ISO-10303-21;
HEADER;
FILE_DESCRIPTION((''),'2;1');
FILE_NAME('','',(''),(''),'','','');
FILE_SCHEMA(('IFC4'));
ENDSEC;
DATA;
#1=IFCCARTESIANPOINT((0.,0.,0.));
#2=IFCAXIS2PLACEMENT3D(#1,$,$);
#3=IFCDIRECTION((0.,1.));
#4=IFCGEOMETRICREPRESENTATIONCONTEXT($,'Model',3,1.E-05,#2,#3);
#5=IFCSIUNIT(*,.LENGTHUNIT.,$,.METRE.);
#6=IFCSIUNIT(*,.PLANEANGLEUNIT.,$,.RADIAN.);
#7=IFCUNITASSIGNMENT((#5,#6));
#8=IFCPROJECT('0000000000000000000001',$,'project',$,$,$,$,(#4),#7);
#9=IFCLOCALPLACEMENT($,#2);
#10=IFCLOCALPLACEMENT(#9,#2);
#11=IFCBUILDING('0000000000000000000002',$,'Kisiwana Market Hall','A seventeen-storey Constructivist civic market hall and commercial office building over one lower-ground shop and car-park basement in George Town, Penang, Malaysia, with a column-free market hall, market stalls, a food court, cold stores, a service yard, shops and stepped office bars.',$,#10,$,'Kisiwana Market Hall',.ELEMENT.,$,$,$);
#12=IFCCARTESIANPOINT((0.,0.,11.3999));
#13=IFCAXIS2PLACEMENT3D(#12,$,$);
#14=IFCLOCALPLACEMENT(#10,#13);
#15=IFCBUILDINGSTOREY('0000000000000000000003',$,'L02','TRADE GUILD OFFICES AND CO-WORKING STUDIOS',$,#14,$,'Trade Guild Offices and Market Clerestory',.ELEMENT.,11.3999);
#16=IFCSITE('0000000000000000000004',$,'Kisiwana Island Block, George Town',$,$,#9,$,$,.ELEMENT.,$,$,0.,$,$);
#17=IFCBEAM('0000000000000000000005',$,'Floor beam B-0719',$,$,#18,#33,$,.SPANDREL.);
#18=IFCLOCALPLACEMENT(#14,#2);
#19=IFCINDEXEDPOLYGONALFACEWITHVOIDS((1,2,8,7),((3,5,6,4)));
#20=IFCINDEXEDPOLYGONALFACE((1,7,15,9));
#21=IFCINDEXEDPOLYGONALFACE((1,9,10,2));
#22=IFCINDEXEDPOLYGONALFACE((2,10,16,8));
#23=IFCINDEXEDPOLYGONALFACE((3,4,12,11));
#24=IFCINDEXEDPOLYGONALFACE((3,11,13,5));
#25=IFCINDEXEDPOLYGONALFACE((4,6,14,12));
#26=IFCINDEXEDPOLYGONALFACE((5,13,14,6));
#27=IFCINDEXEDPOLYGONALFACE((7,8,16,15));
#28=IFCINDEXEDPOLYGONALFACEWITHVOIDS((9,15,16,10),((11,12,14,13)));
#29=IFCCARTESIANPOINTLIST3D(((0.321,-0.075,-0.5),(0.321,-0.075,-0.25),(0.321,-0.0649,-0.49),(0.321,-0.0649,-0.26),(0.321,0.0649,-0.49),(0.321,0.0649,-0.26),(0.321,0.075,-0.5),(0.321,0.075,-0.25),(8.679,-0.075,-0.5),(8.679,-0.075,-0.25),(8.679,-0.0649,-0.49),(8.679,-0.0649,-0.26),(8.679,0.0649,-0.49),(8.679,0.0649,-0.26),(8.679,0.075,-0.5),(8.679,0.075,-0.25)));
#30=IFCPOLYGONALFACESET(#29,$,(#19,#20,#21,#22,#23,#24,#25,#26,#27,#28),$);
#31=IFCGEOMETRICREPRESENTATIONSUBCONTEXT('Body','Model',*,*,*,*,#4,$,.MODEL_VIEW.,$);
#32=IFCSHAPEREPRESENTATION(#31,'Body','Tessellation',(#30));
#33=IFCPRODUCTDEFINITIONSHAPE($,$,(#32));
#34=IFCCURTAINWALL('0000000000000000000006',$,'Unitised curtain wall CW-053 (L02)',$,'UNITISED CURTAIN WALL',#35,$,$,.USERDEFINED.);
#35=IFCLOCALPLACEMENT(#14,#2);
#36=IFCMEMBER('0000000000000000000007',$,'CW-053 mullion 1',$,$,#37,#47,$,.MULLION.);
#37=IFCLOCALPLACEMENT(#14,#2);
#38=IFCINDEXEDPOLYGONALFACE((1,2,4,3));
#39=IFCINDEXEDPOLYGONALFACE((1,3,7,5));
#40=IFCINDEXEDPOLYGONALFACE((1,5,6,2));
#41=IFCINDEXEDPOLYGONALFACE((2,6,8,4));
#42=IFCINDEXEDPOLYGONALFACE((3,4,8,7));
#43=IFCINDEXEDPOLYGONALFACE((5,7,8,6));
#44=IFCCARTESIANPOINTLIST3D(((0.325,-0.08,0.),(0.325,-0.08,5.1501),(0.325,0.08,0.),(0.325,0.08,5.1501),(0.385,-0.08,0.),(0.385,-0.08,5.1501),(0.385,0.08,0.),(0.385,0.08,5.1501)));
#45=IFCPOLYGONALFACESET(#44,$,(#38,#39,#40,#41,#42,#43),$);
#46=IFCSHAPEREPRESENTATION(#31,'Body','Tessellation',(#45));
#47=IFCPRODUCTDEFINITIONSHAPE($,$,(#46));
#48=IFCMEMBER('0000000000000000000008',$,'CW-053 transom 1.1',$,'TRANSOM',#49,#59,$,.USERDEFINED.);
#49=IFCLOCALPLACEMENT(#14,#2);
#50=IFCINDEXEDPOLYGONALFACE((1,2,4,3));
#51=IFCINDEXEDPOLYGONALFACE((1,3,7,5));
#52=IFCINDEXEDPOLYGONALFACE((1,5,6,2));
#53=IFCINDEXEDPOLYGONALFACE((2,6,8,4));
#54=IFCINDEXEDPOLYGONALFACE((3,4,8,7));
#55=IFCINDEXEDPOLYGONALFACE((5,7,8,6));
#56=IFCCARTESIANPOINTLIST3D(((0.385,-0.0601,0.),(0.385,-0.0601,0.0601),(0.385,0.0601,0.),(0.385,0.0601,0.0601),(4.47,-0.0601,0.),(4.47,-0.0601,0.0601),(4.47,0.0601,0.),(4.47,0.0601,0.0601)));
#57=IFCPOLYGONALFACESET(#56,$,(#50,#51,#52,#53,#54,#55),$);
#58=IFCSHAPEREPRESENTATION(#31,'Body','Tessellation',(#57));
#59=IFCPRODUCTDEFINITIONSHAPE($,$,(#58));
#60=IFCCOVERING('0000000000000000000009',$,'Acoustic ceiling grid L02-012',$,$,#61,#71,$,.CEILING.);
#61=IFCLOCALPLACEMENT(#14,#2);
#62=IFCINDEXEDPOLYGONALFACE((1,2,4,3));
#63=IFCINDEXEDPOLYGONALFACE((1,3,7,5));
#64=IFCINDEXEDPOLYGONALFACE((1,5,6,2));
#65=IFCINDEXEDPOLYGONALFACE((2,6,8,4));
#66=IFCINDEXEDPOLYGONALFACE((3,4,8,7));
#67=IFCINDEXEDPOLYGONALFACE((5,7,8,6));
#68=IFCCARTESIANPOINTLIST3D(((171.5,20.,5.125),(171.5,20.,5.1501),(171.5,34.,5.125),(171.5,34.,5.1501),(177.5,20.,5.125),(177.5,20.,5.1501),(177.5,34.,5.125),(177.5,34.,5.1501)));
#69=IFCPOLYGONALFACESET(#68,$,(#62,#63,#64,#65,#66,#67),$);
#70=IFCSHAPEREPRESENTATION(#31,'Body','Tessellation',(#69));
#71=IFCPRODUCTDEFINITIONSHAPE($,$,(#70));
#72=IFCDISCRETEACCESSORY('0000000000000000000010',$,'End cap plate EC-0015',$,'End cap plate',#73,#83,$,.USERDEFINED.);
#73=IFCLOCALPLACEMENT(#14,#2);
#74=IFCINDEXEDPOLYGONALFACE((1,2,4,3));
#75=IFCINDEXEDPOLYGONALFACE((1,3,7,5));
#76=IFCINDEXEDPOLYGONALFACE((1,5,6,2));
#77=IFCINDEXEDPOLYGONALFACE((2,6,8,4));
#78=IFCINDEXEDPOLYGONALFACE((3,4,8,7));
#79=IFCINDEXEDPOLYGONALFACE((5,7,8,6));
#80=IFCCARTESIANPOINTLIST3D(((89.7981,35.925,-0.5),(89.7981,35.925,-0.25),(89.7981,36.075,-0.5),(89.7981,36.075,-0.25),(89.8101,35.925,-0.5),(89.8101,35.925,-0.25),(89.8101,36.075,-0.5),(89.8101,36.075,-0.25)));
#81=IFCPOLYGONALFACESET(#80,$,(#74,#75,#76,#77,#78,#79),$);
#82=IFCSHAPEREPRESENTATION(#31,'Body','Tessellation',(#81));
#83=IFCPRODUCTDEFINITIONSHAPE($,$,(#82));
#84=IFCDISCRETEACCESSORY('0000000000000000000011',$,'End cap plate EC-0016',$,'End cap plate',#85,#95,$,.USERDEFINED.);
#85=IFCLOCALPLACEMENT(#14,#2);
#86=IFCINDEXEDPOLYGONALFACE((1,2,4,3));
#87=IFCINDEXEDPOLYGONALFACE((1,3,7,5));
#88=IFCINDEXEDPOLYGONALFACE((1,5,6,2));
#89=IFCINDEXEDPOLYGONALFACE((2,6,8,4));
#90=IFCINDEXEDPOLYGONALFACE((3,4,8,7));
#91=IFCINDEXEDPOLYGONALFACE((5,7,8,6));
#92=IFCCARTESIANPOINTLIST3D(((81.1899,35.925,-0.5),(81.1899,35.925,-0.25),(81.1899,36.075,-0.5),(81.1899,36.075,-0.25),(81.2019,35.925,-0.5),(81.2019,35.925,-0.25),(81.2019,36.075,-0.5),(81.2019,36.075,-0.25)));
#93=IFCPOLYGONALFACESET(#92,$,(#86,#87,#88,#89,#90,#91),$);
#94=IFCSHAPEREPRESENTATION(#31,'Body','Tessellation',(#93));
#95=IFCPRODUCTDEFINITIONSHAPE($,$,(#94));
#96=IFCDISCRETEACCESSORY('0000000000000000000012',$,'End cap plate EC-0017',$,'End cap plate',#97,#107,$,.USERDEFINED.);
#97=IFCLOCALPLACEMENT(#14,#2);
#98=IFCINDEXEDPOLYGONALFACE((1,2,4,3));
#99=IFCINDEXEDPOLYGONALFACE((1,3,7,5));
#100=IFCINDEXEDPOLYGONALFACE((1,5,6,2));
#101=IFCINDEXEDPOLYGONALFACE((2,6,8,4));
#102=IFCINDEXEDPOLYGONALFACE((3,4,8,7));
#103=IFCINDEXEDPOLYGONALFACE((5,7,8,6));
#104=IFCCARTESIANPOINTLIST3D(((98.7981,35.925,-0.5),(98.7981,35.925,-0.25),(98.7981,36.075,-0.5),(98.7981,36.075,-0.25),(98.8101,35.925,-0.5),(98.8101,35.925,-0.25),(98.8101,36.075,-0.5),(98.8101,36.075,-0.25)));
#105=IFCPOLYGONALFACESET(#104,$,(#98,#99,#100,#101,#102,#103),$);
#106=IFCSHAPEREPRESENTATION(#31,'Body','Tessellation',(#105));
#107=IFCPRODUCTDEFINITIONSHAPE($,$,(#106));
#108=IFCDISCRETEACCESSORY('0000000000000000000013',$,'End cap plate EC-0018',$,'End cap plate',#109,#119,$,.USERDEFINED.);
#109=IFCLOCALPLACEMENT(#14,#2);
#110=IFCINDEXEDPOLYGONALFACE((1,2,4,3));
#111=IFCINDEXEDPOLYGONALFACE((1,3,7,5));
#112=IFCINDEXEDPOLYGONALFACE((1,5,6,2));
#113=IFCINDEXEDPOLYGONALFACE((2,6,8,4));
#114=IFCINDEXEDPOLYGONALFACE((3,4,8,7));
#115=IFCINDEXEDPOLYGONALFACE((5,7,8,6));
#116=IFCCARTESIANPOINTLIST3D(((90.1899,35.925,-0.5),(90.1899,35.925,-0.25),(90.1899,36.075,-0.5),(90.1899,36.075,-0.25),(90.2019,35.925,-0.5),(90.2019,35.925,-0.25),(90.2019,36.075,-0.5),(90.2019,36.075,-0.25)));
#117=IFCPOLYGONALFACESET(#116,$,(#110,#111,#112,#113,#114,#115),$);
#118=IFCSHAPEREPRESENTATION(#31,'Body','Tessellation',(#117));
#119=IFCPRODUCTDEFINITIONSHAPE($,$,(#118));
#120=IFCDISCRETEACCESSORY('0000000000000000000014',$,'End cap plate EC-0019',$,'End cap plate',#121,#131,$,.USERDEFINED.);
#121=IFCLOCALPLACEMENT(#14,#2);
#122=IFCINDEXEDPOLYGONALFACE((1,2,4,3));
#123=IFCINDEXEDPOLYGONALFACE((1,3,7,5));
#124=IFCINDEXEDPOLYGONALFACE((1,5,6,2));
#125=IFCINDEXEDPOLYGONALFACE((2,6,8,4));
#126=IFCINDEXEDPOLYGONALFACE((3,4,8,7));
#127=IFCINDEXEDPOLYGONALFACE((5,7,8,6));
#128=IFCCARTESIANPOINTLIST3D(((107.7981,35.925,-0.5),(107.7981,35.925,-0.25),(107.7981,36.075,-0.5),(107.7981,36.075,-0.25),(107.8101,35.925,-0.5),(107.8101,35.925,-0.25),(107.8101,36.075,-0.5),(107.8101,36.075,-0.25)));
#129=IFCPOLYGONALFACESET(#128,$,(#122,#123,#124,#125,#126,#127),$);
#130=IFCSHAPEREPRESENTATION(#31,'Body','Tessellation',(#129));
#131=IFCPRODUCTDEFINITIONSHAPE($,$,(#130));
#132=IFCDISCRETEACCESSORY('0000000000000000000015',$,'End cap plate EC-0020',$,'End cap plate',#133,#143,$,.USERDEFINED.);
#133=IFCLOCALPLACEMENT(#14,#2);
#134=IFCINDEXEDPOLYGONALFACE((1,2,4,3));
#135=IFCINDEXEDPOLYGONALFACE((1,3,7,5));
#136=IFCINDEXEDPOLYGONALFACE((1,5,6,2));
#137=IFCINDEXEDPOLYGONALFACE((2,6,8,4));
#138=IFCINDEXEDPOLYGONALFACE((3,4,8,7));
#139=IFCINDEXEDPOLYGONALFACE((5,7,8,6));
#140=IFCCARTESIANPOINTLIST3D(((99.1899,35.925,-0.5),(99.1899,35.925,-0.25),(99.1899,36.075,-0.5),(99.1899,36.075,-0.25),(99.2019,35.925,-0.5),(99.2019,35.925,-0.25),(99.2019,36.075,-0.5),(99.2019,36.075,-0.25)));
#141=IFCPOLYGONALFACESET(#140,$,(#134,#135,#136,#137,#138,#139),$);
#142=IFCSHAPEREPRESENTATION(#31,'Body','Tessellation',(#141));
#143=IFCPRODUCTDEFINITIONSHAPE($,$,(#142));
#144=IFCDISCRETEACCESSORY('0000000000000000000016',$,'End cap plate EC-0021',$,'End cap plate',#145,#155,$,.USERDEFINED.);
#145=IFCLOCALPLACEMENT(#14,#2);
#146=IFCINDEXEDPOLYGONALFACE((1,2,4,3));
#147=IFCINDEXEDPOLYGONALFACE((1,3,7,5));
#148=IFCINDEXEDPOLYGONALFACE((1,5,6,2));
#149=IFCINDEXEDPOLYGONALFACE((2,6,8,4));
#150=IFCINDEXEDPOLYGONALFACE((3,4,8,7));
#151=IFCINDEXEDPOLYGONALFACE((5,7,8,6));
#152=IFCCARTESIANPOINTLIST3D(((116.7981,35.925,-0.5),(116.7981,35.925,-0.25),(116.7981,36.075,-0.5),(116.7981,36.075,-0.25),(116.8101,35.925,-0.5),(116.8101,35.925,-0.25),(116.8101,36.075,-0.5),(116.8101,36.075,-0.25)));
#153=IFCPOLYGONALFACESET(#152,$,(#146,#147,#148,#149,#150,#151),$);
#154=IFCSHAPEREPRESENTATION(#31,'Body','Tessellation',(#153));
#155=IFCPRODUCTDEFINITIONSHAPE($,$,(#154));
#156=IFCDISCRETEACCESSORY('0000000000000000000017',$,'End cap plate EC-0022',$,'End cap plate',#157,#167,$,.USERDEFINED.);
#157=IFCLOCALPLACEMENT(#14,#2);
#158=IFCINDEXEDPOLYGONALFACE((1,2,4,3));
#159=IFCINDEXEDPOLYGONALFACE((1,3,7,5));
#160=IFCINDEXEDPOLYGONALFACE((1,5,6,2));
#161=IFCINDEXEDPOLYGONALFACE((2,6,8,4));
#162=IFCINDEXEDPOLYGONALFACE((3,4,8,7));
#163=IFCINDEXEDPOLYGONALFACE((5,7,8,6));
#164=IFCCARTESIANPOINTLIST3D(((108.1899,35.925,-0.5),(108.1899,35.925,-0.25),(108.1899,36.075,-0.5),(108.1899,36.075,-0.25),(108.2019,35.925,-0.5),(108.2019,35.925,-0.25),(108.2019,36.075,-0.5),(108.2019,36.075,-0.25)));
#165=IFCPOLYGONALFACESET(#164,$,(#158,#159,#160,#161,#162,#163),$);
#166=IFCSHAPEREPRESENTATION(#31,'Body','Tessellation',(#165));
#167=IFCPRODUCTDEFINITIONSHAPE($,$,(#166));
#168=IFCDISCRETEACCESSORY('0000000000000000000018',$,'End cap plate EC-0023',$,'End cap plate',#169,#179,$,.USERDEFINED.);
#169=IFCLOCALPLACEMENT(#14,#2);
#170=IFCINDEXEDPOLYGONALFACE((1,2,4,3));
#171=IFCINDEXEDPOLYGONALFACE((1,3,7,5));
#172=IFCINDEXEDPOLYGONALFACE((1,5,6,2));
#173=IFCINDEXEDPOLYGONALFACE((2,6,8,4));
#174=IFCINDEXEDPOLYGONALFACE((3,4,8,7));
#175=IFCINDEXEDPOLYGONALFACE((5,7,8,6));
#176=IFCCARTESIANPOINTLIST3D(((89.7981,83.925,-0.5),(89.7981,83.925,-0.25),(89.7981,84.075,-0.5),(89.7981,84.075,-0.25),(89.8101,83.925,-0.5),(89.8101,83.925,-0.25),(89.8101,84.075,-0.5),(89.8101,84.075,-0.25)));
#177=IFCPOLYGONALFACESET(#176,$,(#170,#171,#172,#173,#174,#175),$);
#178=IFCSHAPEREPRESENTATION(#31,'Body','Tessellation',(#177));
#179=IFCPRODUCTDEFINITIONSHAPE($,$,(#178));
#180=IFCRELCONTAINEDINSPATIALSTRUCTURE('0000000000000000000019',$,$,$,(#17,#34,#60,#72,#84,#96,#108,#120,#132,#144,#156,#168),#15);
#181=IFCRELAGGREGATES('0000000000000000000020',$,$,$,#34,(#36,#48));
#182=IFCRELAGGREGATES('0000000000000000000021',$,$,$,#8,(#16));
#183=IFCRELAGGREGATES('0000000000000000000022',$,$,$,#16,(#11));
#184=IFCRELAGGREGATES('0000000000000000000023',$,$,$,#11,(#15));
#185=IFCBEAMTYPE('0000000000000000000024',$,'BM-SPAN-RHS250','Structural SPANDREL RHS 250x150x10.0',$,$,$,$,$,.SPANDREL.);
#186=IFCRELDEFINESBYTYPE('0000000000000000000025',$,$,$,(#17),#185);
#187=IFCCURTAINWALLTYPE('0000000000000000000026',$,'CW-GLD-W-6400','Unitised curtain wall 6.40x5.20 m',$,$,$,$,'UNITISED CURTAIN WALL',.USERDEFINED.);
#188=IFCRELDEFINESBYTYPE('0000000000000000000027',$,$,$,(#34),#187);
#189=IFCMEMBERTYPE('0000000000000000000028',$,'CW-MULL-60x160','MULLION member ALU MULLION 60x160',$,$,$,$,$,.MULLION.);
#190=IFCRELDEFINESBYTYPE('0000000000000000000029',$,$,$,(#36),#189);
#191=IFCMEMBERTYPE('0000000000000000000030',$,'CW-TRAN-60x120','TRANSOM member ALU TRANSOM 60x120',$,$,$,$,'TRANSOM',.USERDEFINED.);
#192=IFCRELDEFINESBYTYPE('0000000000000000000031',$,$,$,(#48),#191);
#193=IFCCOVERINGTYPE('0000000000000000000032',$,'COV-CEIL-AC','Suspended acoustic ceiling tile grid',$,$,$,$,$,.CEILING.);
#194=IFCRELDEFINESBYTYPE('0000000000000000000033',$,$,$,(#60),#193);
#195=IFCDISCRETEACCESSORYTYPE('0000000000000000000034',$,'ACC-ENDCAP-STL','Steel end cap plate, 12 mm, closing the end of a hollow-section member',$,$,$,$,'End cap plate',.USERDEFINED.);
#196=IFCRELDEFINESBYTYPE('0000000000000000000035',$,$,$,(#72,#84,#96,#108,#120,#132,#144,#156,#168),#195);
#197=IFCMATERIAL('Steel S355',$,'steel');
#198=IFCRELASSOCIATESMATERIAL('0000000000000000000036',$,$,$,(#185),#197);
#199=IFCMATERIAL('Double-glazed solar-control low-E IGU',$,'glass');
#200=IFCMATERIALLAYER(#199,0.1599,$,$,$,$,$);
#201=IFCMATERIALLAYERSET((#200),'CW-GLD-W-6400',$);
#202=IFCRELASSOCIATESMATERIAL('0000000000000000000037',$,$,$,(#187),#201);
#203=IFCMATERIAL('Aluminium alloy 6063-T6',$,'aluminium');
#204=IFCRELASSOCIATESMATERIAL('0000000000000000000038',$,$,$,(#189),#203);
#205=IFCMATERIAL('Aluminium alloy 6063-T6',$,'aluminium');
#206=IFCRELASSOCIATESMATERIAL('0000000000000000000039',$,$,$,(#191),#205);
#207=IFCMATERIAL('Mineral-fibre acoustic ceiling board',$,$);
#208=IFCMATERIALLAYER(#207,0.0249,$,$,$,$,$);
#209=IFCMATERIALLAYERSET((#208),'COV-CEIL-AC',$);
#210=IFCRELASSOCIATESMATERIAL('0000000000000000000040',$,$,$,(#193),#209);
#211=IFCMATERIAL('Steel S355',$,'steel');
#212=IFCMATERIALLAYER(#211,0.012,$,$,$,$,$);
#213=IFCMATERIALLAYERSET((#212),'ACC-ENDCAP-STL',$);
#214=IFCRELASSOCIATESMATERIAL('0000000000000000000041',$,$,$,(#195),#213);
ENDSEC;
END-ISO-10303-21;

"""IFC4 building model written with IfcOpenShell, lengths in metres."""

from ifc_helpers import new_model, si_unit, direction, frame, origin, origin_2d, place, context, subcontext, project, spatial, polyline, rectangle, hollow_rectangle, outline, extrude, material, layer, layer_set, material_profile, profile_set, type_object, element, aggregate, save


model = new_model("IFC4")

# Units and contexts
model_context = context("Model", 3, precision=1e-05, world=origin(), true_north=direction((0.0, 1.0)))
body_context = subcontext(model_context, "Body", "Model", "MODEL_VIEW")
ifc_project = project(units=[si_unit("LENGTHUNIT", "METRE"), si_unit("PLANEANGLEUNIT", "RADIAN")], contexts=[model_context])

# Site, building, storey
site_placement = place(None, origin())
site = spatial("IfcSite", under=ifc_project, at=site_placement, Name="Kisiwana Island Block, George Town", CompositionType="ELEMENT", RefElevation=0.0)
building_placement = place(site_placement, origin())
building = spatial("IfcBuilding", under=site, at=building_placement, Name="Kisiwana Market Hall", Description="A seventeen-storey Constructivist civic market hall and commercial office building over one lower-ground shop and car-park basement in George Town, Penang, Malaysia, with a column-free market hall, market stalls, a food court, cold stores, a service yard, shops and stepped office bars.", LongName="Kisiwana Market Hall", CompositionType="ELEMENT")
storey_placement = place(building_placement, frame((0.0, 0.0, 11.3999)))
storey = spatial("IfcBuildingStorey", under=building, at=storey_placement, Name="L02", Description="TRADE GUILD OFFICES AND CO-WORKING STUDIOS", LongName="Trade Guild Offices and Market Clerestory", CompositionType="ELEMENT", Elevation=11.3999)

# Beam
ifc_material_1 = material(Name="Steel S355", Category="steel")
ifc_material_profile_1 = material_profile(ifc_material_1, hollow_rectangle(XDim=0.1499, YDim=0.25, WallThickness=0.01, at=origin_2d()), Name="RHS 250x150x10.0")
ifc_profile_set_1 = profile_set([ifc_material_profile_1], Name="Steel S355")
beam_type = type_object("IfcBeamType", Name="BM-SPAN-RHS250", Description="Structural SPANDREL RHS 250x150x10.0", PredefinedType="SPANDREL", material=ifc_profile_set_1)
beam_placement = place(storey_placement, frame((0.321, 0.0, -0.375), z_axis=(1.0, 0.0, 0.0), x_axis=(0.0, 1.0, 0.0)))
element("IfcBeam", 1, at=beam_placement, inside=storey, type_object=beam_type, Name="Floor beam B-0719", PredefinedType="SPANDREL", context=body_context, shape_type="SweptSolid", body=[
    extrude(hollow_rectangle(XDim=0.1499, YDim=0.25, WallThickness=0.01, at=origin_2d()), origin(), (0.0, 0.0, 1.0), 8.3579),
])

# Curtain wall, members
ifc_material_2 = material(Name="Double-glazed solar-control low-E IGU", Category="glass")
ifc_layer_1 = layer(ifc_material_2, 0.1599)
ifc_layer_set_1 = layer_set([ifc_layer_1], Name="CW-GLD-W-6400")
curtain_wall_type = type_object("IfcCurtainWallType", Name="CW-GLD-W-6400", Description="Unitised curtain wall 6.40x5.20 m", ElementType="UNITISED CURTAIN WALL", PredefinedType="USERDEFINED", material=ifc_layer_set_1)
curtain_wall_placement = place(storey_placement, origin())
curtain_wall = element("IfcCurtainWall", 2, at=curtain_wall_placement, inside=storey, type_object=curtain_wall_type, Name="Unitised curtain wall CW-053 (L02)", ObjectType="UNITISED CURTAIN WALL", PredefinedType="USERDEFINED")
ifc_material_3 = material(Name="Aluminium alloy 6063-T6", Category="aluminium")
ifc_material_profile_2 = material_profile(ifc_material_3, rectangle(XDim=0.0601, YDim=0.1599, at=origin_2d()), Name="ALU MULLION 60x160")
ifc_profile_set_2 = profile_set([ifc_material_profile_2], Name="Aluminium alloy 6063-T6")
member_type_1 = type_object("IfcMemberType", Name="CW-MULL-60x160", Description="MULLION member ALU MULLION 60x160", PredefinedType="MULLION", material=ifc_profile_set_2)
member_1_placement = place(storey_placement, frame((0.355, 0.0, 0.0), z_axis=(0.0, 0.0, 1.0), x_axis=(1.0, 0.0, 0.0)))
member_1 = element("IfcMember", 3, at=member_1_placement, type_object=member_type_1, Name="CW-053 mullion 1", PredefinedType="MULLION", context=body_context, shape_type="SweptSolid", body=[
    extrude(rectangle(XDim=0.0601, YDim=0.1599, at=origin_2d()), origin(), (0.0, 0.0, 1.0), 5.1501),
])
ifc_material_4 = material(Name="Aluminium alloy 6063-T6", Category="aluminium")
ifc_material_profile_3 = material_profile(ifc_material_4, rectangle(XDim=0.1201, YDim=0.0601, at=origin_2d()), Name="ALU TRANSOM 60x120")
ifc_profile_set_3 = profile_set([ifc_material_profile_3], Name="Aluminium alloy 6063-T6")
member_type_2 = type_object("IfcMemberType", Name="CW-TRAN-60x120", Description="TRANSOM member ALU TRANSOM 60x120", ElementType="TRANSOM", PredefinedType="USERDEFINED", material=ifc_profile_set_3)
member_2_placement = place(storey_placement, frame((0.385, 0.0, 0.03), z_axis=(1.0, 0.0, 0.0), x_axis=(0.0, 1.0, 0.0)))
member_2 = element("IfcMember", 4, at=member_2_placement, type_object=member_type_2, Name="CW-053 transom 1.1", ObjectType="TRANSOM", PredefinedType="USERDEFINED", context=body_context, shape_type="SweptSolid", body=[
    extrude(rectangle(XDim=0.1201, YDim=0.0601, at=origin_2d()), origin(), (0.0, 0.0, 1.0), 4.085),
])
aggregate(curtain_wall, [member_1, member_2])

# Covering
ifc_material_5 = material(Name="Mineral-fibre acoustic ceiling board")
ifc_layer_2 = layer(ifc_material_5, 0.0249)
ifc_layer_set_2 = layer_set([ifc_layer_2], Name="COV-CEIL-AC")
covering_type = type_object("IfcCoveringType", Name="COV-CEIL-AC", Description="Suspended acoustic ceiling tile grid", PredefinedType="CEILING", material=ifc_layer_set_2)
covering_placement = place(storey_placement, frame((0.0, 0.0, 5.125)))
element("IfcCovering", 5, at=covering_placement, inside=storey, type_object=covering_type, Name="Acoustic ceiling grid L02-012", PredefinedType="CEILING", context=body_context, shape_type="SweptSolid", body=[
    extrude(outline(polyline([(171.5, 20.0), (177.5, 20.0), (177.5, 34.0), (171.5, 34.0), (171.5, 20.0)])), origin(), (0.0, 0.0, 1.0), 0.0251),
])

# Discrete accessories
ifc_material_6 = material(Name="Steel S355", Category="steel")
ifc_layer_3 = layer(ifc_material_6, 0.012)
ifc_layer_set_3 = layer_set([ifc_layer_3], Name="ACC-ENDCAP-STL")
discrete_accessory_type = type_object("IfcDiscreteAccessoryType", Name="ACC-ENDCAP-STL", Description="Steel end cap plate, 12 mm, closing the end of a hollow-section member", ElementType="End cap plate", PredefinedType="USERDEFINED", material=ifc_layer_set_3)
discrete_accessory_1_placement = place(storey_placement, frame((0.0, 0.0, -0.5)))
element("IfcDiscreteAccessory", 6, at=discrete_accessory_1_placement, inside=storey, type_object=discrete_accessory_type, Name="End cap plate EC-0015", ObjectType="End cap plate", PredefinedType="USERDEFINED", context=body_context, shape_type="SweptSolid", body=[
    extrude(outline(polyline([(89.7981, 35.925), (89.8101, 35.925), (89.8101, 36.075), (89.7981, 36.075), (89.7981, 35.925)])), origin(), (0.0, 0.0, 1.0), 0.25),
])
discrete_accessory_2_placement = place(storey_placement, frame((0.0, 0.0, -0.5)))
element("IfcDiscreteAccessory", 7, at=discrete_accessory_2_placement, inside=storey, type_object=discrete_accessory_type, Name="End cap plate EC-0016", ObjectType="End cap plate", PredefinedType="USERDEFINED", context=body_context, shape_type="SweptSolid", body=[
    extrude(outline(polyline([(81.2019, 35.925), (81.2019, 36.075), (81.1899, 36.075), (81.1899, 35.925), (81.2019, 35.925)])), origin(), (0.0, 0.0, 1.0), 0.25),
])
discrete_accessory_3_placement = place(storey_placement, frame((0.0, 0.0, -0.5)))
element("IfcDiscreteAccessory", 8, at=discrete_accessory_3_placement, inside=storey, type_object=discrete_accessory_type, Name="End cap plate EC-0017", ObjectType="End cap plate", PredefinedType="USERDEFINED", context=body_context, shape_type="SweptSolid", body=[
    extrude(outline(polyline([(98.7981, 35.925), (98.8101, 35.925), (98.8101, 36.075), (98.7981, 36.075), (98.7981, 35.925)])), origin(), (0.0, 0.0, 1.0), 0.25),
])
discrete_accessory_4_placement = place(storey_placement, frame((0.0, 0.0, -0.5)))
element("IfcDiscreteAccessory", 9, at=discrete_accessory_4_placement, inside=storey, type_object=discrete_accessory_type, Name="End cap plate EC-0018", ObjectType="End cap plate", PredefinedType="USERDEFINED", context=body_context, shape_type="SweptSolid", body=[
    extrude(outline(polyline([(90.2019, 35.925), (90.2019, 36.075), (90.1899, 36.075), (90.1899, 35.925), (90.2019, 35.925)])), origin(), (0.0, 0.0, 1.0), 0.25),
])
discrete_accessory_5_placement = place(storey_placement, frame((0.0, 0.0, -0.5)))
element("IfcDiscreteAccessory", 10, at=discrete_accessory_5_placement, inside=storey, type_object=discrete_accessory_type, Name="End cap plate EC-0019", ObjectType="End cap plate", PredefinedType="USERDEFINED", context=body_context, shape_type="SweptSolid", body=[
    extrude(outline(polyline([(107.7981, 35.925), (107.8101, 35.925), (107.8101, 36.075), (107.7981, 36.075), (107.7981, 35.925)])), origin(), (0.0, 0.0, 1.0), 0.25),
])
discrete_accessory_6_placement = place(storey_placement, frame((0.0, 0.0, -0.5)))
element("IfcDiscreteAccessory", 11, at=discrete_accessory_6_placement, inside=storey, type_object=discrete_accessory_type, Name="End cap plate EC-0020", ObjectType="End cap plate", PredefinedType="USERDEFINED", context=body_context, shape_type="SweptSolid", body=[
    extrude(outline(polyline([(99.2019, 35.925), (99.2019, 36.075), (99.1899, 36.075), (99.1899, 35.925), (99.2019, 35.925)])), origin(), (0.0, 0.0, 1.0), 0.25),
])
discrete_accessory_7_placement = place(storey_placement, frame((0.0, 0.0, -0.5)))
element("IfcDiscreteAccessory", 12, at=discrete_accessory_7_placement, inside=storey, type_object=discrete_accessory_type, Name="End cap plate EC-0021", ObjectType="End cap plate", PredefinedType="USERDEFINED", context=body_context, shape_type="SweptSolid", body=[
    extrude(outline(polyline([(116.7981, 35.925), (116.8101, 35.925), (116.8101, 36.075), (116.7981, 36.075), (116.7981, 35.925)])), origin(), (0.0, 0.0, 1.0), 0.25),
])
discrete_accessory_8_placement = place(storey_placement, frame((0.0, 0.0, -0.5)))
element("IfcDiscreteAccessory", 13, at=discrete_accessory_8_placement, inside=storey, type_object=discrete_accessory_type, Name="End cap plate EC-0022", ObjectType="End cap plate", PredefinedType="USERDEFINED", context=body_context, shape_type="SweptSolid", body=[
    extrude(outline(polyline([(108.2019, 35.925), (108.2019, 36.075), (108.1899, 36.075), (108.1899, 35.925), (108.2019, 35.925)])), origin(), (0.0, 0.0, 1.0), 0.25),
])
discrete_accessory_9_placement = place(storey_placement, frame((0.0, 0.0, -0.5)))
element("IfcDiscreteAccessory", 14, at=discrete_accessory_9_placement, inside=storey, type_object=discrete_accessory_type, Name="End cap plate EC-0023", ObjectType="End cap plate", PredefinedType="USERDEFINED", context=body_context, shape_type="SweptSolid", body=[
    extrude(outline(polyline([(89.7981, 83.925), (89.8101, 83.925), (89.8101, 84.075), (89.7981, 84.075), (89.7981, 83.925)])), origin(), (0.0, 0.0, 1.0), 0.25),
])

save(model, "model.ifc")
